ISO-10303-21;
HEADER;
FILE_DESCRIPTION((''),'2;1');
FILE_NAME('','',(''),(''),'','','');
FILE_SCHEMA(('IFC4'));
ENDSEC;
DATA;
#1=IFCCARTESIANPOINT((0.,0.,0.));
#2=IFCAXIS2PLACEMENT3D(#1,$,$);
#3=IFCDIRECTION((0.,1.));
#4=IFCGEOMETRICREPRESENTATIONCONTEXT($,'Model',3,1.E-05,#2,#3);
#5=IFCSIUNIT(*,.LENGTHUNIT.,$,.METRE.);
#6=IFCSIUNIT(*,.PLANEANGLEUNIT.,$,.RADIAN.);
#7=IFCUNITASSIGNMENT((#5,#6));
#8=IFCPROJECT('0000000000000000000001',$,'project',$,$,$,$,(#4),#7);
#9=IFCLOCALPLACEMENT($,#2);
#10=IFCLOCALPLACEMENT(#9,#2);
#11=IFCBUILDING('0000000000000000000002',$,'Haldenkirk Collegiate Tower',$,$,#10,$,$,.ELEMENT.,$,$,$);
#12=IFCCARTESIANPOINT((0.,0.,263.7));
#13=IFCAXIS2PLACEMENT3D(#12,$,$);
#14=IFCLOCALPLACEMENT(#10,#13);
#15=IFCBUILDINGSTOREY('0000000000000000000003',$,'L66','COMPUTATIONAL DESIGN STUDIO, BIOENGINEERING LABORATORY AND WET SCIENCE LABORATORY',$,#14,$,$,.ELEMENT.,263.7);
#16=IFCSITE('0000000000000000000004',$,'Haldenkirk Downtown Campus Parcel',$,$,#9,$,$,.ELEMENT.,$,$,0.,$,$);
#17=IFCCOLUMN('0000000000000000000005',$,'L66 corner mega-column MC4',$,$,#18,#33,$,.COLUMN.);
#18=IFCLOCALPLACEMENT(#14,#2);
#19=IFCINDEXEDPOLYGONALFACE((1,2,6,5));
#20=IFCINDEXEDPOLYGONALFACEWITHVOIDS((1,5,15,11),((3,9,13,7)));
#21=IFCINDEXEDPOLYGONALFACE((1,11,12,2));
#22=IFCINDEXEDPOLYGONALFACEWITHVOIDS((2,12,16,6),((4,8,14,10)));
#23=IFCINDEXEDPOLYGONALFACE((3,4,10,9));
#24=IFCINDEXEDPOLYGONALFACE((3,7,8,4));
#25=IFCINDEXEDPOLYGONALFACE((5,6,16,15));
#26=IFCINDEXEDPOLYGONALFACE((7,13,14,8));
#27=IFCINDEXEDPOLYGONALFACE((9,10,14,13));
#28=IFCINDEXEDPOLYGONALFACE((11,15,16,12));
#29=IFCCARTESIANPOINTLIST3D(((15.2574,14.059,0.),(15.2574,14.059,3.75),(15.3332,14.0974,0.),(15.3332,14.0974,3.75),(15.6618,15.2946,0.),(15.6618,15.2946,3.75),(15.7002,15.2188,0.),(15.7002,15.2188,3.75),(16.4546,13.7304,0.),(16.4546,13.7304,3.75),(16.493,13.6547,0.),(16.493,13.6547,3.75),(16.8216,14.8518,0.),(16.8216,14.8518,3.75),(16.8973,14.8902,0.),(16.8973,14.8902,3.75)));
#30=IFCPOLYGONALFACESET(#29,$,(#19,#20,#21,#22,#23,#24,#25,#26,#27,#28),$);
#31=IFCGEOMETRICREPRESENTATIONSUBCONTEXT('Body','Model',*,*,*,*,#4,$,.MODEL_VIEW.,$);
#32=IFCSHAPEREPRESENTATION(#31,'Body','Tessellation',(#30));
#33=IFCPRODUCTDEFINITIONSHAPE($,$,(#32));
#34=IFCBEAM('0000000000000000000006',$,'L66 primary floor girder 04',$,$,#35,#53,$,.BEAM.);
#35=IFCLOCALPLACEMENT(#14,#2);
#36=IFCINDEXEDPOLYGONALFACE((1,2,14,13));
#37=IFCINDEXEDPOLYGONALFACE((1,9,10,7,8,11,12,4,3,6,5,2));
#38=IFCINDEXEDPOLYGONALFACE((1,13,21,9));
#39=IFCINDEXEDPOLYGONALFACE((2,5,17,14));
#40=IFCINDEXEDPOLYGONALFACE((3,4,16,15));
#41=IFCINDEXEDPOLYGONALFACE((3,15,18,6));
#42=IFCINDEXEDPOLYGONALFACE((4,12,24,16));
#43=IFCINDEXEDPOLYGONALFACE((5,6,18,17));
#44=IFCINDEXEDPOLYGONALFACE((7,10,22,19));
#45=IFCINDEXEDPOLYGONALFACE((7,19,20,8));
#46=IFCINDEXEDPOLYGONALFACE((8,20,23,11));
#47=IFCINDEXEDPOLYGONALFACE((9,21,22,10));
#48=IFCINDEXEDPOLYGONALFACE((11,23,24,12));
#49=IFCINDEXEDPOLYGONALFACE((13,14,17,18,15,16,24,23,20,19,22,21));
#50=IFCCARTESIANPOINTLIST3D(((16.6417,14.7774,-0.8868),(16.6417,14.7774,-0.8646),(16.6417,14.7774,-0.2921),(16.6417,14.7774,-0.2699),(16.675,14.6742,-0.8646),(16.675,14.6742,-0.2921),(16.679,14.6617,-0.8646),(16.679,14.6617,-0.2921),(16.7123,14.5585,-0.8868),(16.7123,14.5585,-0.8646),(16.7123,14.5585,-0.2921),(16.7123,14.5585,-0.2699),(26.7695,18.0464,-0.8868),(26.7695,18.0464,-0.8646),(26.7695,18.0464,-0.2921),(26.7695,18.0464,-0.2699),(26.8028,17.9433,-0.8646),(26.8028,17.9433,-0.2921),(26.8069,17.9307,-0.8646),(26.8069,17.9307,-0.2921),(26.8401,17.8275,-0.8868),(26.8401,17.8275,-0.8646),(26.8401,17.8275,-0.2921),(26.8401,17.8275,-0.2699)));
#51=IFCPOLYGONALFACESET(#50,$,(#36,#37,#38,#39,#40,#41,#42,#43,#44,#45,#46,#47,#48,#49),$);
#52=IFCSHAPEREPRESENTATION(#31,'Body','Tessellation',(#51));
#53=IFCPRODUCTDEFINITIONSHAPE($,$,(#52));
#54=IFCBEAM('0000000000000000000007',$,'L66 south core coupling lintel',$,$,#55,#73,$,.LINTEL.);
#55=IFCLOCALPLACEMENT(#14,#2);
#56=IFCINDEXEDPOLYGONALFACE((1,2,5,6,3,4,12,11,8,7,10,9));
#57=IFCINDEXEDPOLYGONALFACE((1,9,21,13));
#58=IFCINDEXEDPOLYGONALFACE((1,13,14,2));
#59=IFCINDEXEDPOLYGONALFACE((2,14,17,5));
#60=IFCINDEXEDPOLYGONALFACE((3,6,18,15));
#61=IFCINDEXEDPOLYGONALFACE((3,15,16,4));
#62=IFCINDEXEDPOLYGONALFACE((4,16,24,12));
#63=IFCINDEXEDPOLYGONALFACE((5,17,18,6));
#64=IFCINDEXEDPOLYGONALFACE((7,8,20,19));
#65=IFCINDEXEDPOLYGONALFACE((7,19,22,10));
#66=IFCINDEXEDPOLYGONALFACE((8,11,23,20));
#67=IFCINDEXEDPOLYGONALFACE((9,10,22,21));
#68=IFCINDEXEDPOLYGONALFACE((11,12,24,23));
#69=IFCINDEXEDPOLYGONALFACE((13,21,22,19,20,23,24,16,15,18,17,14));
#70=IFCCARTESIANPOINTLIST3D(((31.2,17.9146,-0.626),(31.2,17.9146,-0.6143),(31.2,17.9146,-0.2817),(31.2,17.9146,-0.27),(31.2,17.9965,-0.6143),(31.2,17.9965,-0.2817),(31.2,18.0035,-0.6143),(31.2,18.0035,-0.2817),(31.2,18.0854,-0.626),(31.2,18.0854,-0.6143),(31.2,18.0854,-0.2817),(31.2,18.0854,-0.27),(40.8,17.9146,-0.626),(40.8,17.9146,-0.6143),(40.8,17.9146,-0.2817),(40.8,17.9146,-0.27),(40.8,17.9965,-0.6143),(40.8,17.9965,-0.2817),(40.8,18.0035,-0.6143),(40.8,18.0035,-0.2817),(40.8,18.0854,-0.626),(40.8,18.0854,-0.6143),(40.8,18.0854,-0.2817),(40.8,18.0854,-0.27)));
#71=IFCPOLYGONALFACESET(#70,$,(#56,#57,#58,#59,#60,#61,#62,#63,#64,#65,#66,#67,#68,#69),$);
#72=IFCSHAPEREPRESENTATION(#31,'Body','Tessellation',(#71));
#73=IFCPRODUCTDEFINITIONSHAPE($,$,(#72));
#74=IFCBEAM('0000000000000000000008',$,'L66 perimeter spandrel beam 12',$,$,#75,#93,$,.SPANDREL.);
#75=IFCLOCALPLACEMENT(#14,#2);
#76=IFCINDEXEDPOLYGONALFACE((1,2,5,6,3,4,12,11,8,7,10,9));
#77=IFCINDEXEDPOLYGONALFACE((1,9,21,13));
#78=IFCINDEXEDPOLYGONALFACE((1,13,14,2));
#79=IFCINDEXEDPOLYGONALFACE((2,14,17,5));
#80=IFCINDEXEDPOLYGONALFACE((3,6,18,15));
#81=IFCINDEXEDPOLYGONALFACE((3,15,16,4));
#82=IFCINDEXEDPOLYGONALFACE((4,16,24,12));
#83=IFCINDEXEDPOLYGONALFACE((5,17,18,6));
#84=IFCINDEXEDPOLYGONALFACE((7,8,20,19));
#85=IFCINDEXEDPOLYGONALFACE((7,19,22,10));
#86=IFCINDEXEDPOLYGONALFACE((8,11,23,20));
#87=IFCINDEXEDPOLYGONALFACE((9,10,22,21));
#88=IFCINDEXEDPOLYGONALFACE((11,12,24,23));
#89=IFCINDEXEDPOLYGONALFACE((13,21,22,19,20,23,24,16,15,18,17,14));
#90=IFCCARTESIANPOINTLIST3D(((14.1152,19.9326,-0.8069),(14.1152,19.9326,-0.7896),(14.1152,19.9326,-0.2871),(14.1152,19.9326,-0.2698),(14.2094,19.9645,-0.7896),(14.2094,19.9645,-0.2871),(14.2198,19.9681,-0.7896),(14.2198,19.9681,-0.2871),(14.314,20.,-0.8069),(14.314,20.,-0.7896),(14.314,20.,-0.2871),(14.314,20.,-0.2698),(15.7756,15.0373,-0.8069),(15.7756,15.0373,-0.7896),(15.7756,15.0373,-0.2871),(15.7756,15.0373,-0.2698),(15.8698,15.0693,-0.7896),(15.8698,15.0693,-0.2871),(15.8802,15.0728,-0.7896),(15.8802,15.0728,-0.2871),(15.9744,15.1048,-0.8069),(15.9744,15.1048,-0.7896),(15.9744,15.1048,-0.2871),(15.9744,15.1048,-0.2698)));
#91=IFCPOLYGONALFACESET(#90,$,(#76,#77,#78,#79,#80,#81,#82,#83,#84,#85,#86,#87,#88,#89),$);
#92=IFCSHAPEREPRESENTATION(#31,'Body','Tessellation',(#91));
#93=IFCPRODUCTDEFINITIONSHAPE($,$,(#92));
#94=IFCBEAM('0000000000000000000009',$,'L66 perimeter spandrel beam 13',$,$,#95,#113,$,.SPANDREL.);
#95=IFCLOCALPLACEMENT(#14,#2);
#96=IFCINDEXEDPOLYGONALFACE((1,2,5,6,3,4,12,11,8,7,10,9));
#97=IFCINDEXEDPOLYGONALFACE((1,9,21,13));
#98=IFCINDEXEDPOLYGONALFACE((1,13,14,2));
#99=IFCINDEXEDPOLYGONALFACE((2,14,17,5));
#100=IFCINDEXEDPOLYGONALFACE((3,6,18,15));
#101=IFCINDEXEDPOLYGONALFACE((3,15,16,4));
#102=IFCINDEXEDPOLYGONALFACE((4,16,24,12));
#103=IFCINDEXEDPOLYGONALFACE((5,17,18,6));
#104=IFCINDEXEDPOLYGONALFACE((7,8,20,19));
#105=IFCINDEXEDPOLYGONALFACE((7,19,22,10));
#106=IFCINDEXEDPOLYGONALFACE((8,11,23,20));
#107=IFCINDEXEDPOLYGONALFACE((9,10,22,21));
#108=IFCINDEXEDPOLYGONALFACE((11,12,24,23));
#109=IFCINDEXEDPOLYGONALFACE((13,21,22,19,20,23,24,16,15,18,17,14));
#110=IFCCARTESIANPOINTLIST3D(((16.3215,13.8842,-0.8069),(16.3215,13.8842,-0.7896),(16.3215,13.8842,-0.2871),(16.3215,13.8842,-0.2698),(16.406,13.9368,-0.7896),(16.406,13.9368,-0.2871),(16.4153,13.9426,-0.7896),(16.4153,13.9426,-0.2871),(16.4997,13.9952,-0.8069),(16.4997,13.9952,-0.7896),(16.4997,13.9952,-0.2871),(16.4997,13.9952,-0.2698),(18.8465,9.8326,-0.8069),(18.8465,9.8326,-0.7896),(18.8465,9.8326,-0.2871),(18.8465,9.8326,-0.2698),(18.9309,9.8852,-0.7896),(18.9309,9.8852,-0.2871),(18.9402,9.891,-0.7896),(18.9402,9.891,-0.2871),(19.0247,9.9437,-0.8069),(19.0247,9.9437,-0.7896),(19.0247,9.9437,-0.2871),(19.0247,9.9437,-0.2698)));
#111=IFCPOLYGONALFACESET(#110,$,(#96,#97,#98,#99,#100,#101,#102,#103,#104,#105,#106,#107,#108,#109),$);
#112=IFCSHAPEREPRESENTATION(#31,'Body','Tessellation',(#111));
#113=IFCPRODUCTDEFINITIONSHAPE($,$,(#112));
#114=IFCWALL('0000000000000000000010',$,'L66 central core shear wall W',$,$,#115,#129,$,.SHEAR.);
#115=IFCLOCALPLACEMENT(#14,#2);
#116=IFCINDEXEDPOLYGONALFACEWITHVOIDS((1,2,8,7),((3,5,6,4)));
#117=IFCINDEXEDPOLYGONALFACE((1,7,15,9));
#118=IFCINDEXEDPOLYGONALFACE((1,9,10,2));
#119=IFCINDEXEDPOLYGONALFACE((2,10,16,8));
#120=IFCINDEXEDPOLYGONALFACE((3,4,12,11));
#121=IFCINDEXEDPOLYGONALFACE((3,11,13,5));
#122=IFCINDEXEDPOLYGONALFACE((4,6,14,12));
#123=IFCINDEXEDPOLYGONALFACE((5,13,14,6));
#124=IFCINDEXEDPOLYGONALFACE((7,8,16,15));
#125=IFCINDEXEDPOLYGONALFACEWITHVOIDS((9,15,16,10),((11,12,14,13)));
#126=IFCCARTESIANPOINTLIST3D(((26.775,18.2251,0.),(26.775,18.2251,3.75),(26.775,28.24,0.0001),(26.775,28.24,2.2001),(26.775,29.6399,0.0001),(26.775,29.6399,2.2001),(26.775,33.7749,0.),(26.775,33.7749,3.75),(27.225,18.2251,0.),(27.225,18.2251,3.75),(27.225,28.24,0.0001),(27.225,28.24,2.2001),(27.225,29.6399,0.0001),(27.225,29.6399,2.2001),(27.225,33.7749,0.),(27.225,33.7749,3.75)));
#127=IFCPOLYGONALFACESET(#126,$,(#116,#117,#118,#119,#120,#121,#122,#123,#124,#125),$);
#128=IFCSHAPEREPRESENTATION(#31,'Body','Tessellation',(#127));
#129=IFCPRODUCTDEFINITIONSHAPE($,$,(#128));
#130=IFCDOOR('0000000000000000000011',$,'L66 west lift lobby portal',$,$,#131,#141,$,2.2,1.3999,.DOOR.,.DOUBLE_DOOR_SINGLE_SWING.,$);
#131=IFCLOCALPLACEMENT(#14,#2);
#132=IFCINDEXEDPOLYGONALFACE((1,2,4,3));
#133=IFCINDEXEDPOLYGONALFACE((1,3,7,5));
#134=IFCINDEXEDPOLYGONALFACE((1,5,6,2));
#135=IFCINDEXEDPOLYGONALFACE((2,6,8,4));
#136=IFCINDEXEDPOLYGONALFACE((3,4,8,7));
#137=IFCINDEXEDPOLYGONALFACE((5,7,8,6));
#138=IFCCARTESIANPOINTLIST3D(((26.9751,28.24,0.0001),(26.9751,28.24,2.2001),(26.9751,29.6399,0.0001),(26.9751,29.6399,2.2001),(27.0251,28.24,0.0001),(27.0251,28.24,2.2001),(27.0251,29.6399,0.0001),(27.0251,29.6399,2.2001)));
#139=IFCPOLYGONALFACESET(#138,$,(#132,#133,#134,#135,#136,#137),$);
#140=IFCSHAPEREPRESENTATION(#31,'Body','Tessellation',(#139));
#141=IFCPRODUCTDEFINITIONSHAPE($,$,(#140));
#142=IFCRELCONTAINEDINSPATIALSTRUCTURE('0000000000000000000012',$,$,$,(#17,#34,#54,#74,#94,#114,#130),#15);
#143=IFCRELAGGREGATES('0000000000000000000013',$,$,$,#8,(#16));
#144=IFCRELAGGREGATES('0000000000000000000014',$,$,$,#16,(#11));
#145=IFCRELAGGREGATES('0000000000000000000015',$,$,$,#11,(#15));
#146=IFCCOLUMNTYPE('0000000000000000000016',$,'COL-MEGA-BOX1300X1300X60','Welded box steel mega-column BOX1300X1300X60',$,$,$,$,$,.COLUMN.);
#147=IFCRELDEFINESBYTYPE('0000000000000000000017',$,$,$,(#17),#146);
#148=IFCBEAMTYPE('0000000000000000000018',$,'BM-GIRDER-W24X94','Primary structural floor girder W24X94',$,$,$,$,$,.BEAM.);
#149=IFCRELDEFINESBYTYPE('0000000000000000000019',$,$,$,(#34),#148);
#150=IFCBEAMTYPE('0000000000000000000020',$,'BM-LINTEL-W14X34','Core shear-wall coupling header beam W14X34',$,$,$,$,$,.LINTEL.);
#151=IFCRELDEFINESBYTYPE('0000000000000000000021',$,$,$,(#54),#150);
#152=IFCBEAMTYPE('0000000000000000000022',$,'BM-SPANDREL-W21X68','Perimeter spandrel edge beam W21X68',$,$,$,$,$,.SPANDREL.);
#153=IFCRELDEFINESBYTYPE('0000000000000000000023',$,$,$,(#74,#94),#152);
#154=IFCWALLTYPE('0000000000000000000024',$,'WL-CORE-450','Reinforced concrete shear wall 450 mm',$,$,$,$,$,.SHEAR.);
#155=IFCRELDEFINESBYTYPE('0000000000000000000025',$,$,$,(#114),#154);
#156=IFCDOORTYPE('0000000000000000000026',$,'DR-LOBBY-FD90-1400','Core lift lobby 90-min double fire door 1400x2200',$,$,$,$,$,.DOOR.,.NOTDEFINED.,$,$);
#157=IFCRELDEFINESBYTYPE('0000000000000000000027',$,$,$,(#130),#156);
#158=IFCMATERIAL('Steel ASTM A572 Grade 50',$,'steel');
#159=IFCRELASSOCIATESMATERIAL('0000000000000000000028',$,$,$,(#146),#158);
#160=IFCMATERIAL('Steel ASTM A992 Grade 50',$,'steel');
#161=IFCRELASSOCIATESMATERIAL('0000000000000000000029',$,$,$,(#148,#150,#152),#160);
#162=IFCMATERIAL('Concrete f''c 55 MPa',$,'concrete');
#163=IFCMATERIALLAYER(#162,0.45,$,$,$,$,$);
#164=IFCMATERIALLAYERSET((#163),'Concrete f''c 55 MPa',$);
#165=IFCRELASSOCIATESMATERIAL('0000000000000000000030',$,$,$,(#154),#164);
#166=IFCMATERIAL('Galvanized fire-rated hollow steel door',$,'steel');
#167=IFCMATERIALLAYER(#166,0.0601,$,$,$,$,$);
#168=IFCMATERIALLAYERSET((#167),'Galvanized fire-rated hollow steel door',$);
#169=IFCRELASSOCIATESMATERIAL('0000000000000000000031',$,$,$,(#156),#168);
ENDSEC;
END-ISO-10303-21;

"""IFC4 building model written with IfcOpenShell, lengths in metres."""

from ifc_helpers import new_model, si_unit, direction, frame, frame_2d, origin, origin_2d, place, context, subcontext, project, spatial, rectangle, hollow_rectangle, i_section, extrude, material, layer, layer_set, material_profile, profile_set, type_object, element, fill, save


model = new_model("IFC4")

# Units and contexts
model_context = context("Model", 3, precision=1e-05, world=origin(), true_north=direction((0.0, 1.0)))
body_context = subcontext(model_context, "Body", "Model", "MODEL_VIEW")
ifc_project = project(units=[si_unit("LENGTHUNIT", "METRE"), si_unit("PLANEANGLEUNIT", "RADIAN")], contexts=[model_context])

# Site, building, storey
site_placement = place(None, origin())
site = spatial("IfcSite", under=ifc_project, at=site_placement, Name="Haldenkirk Downtown Campus Parcel", CompositionType="ELEMENT", RefElevation=0.0)
building_placement = place(site_placement, origin())
building = spatial("IfcBuilding", under=site, at=building_placement, Name="Haldenkirk Collegiate Tower", CompositionType="ELEMENT")
storey_placement = place(building_placement, frame((0.0, 0.0, 263.7)))
storey = spatial("IfcBuildingStorey", under=building, at=storey_placement, Name="L66", Description="COMPUTATIONAL DESIGN STUDIO, BIOENGINEERING LABORATORY AND WET SCIENCE LABORATORY", CompositionType="ELEMENT", Elevation=263.7)

# Column
ifc_material_1 = material(Name="Steel ASTM A572 Grade 50", Category="steel")
ifc_material_profile_1 = material_profile(ifc_material_1, hollow_rectangle(XDim=1.3, YDim=1.3, WallThickness=0.0601, at=origin_2d()), Name="BOX1300X1300X60")
ifc_profile_set_1 = profile_set([ifc_material_profile_1], Name="Steel ASTM A572 Grade 50")
column_type = type_object("IfcColumnType", Name="COL-MEGA-BOX1300X1300X60", Description="Welded box steel mega-column BOX1300X1300X60", PredefinedType="COLUMN", material=ifc_profile_set_1)
column_placement = place(storey_placement, frame((16.0774, 14.4746, 0.0), z_axis=(0.0, 0.0, 1.0), x_axis=(0.311008, 0.950407, 0.0)))
element("IfcColumn", 1, at=column_placement, inside=storey, type_object=column_type, Name="L66 corner mega-column MC4", PredefinedType="COLUMN", context=body_context, shape_type="SweptSolid", body=[
    extrude(hollow_rectangle(XDim=1.3, YDim=1.3, WallThickness=0.0601, at=origin_2d()), origin(), (0.0, 0.0, 1.0), 3.75),
])

# Beams
ifc_material_2 = material(Name="Steel ASTM A992 Grade 50", Category="steel")
ifc_material_profile_2 = material_profile(ifc_material_2, i_section(OverallWidth=0.23, OverallDepth=0.6169, WebThickness=0.0132, FlangeThickness=0.0222, at=origin_2d()), Name="W24X94")
ifc_profile_set_2 = profile_set([ifc_material_profile_2], Name="Steel ASTM A992 Grade 50")
beam_type_1 = type_object("IfcBeamType", Name="BM-GIRDER-W24X94", Description="Primary structural floor girder W24X94", PredefinedType="BEAM", material=ifc_profile_set_2)
beam_1_placement = place(storey_placement, frame((16.677, 14.668, -0.5784), z_axis=(0.951655, 0.30717, 0.0), x_axis=(-0.30717, 0.951655, 0.0)))
element("IfcBeam", 2, at=beam_1_placement, inside=storey, type_object=beam_type_1, Name="L66 primary floor girder 04", PredefinedType="BEAM", context=body_context, shape_type="SweptSolid", body=[
    extrude(i_section(OverallWidth=0.23, OverallDepth=0.6169, WebThickness=0.0132, FlangeThickness=0.0222, at=origin_2d()), origin(), (0.0, 0.0, 1.0), 10.6423),
])
ifc_material_profile_3 = material_profile(ifc_material_2, i_section(OverallWidth=0.1709, OverallDepth=0.356, WebThickness=0.0071, FlangeThickness=0.0117, at=origin_2d()), Name="W14X34")
ifc_profile_set_3 = profile_set([ifc_material_profile_3], Name="Steel ASTM A992 Grade 50")
beam_type_2 = type_object("IfcBeamType", Name="BM-LINTEL-W14X34", Description="Core shear-wall coupling header beam W14X34", PredefinedType="LINTEL", material=ifc_profile_set_3)
beam_2_placement = place(storey_placement, frame((31.2, 18.0, -0.448), z_axis=(1.0, 0.0, 0.0), x_axis=(0.0, 1.0, 0.0)))
element("IfcBeam", 3, at=beam_2_placement, inside=storey, type_object=beam_type_2, Name="L66 south core coupling lintel", PredefinedType="LINTEL", context=body_context, shape_type="SweptSolid", body=[
    extrude(i_section(OverallWidth=0.1709, OverallDepth=0.356, WebThickness=0.0071, FlangeThickness=0.0117, at=origin_2d()), origin(), (0.0, 0.0, 1.0), 9.6001),
])
ifc_material_profile_4 = material_profile(ifc_material_2, i_section(OverallWidth=0.21, OverallDepth=0.5371, WebThickness=0.011, FlangeThickness=0.0173, at=origin_2d()), Name="W21X68")
ifc_profile_set_4 = profile_set([ifc_material_profile_4], Name="Steel ASTM A992 Grade 50")
beam_type_3 = type_object("IfcBeamType", Name="BM-SPANDREL-W21X68", Description="Perimeter spandrel edge beam W21X68", PredefinedType="SPANDREL", material=ifc_profile_set_4)
beam_3_placement = place(storey_placement, frame((14.2146, 19.9663, -0.5383), z_axis=(0.321211, -0.947008, 0.0), x_axis=(0.947008, 0.321211, 0.0)))
element("IfcBeam", 4, at=beam_3_placement, inside=storey, type_object=beam_type_3, Name="L66 perimeter spandrel beam 12", PredefinedType="SPANDREL", context=body_context, shape_type="SweptSolid", body=[
    extrude(i_section(OverallWidth=0.21, OverallDepth=0.5371, WebThickness=0.011, FlangeThickness=0.0173, at=origin_2d()), origin(), (0.0, 0.0, 1.0), 5.1692),
])
beam_4_placement = place(storey_placement, frame((16.4106, 13.9397, -0.5383), z_axis=(0.5289, -0.848684, 0.0), x_axis=(0.848684, 0.5289, 0.0)))
element("IfcBeam", 5, at=beam_4_placement, inside=storey, type_object=beam_type_3, Name="L66 perimeter spandrel beam 13", PredefinedType="SPANDREL", context=body_context, shape_type="SweptSolid", body=[
    extrude(i_section(OverallWidth=0.21, OverallDepth=0.5371, WebThickness=0.011, FlangeThickness=0.0173, at=origin_2d()), origin(), (0.0, 0.0, 1.0), 4.7739),
])

# Shared definitions
ifc_material_3 = material(Name="Concrete f'c 55 MPa", Category="concrete")
ifc_layer_1 = layer(ifc_material_3, 0.45)
ifc_layer_set_1 = layer_set([ifc_layer_1], Name="Concrete f'c 55 MPa")
wall_type_1 = type_object("IfcWallType", Name="WL-CORE-450", Description="Reinforced concrete shear wall 450 mm", PredefinedType="SHEAR", material=ifc_layer_set_1)
ifc_material_4 = material(Name="Galvanized fire-rated hollow steel door", Category="steel")

# Wall, opening, door
wall_1_placement = place(storey_placement, frame((27.0, 18.2251, 0.0), z_axis=(0.0, 0.0, 1.0), x_axis=(0.0, 1.0, 0.0)))
wall_1 = element("IfcWall", 6, at=wall_1_placement, inside=storey, type_object=wall_type_1, Name="L66 central core shear wall W", PredefinedType="SHEAR", context=body_context, shape_type="SweptSolid", body=[
    extrude(rectangle(XDim=15.5498, YDim=0.45, at=frame_2d((7.7749, 0.0))), origin(), (0.0, 0.0, 1.0), 3.75),
])
opening_1_placement = place(wall_1_placement, frame((10.0149, 0.0, 0.0)))
opening_1 = element("IfcOpeningElement", 7, at=opening_1_placement, cuts=wall_1, PredefinedType="OPENING", context=body_context, shape_type="SweptSolid", body=[
    extrude(rectangle(XDim=1.3999, YDim=2.2, at=frame_2d((0.7, 1.1001))), frame((0.0, 0.2349, 0.0), z_axis=(0.0, -1.0, 0.0), x_axis=(1.0, 0.0, 0.0)), (0.0, 0.0, 1.0), 0.47),
])
ifc_layer_2 = layer(ifc_material_4, 0.0601)
ifc_layer_set_2 = layer_set([ifc_layer_2], Name="Galvanized fire-rated hollow steel door")
door_type_1 = type_object("IfcDoorType", Name="DR-LOBBY-FD90-1400", Description="Core lift lobby 90-min double fire door 1400x2200", OperationType="NOTDEFINED", PredefinedType="DOOR", material=ifc_layer_set_2)
door_1_placement = place(opening_1_placement, origin())
door_1 = element("IfcDoor", 8, at=door_1_placement, inside=storey, type_object=door_type_1, Name="L66 west lift lobby portal", OperationType="DOUBLE_DOOR_SINGLE_SWING", OverallHeight=2.2, OverallWidth=1.3999, PredefinedType="DOOR", context=body_context, shape_type="SweptSolid", body=[
    extrude(rectangle(XDim=1.3999, YDim=2.2, at=frame_2d((0.7, 1.1001))), frame((0.0, 0.0249, 0.0), z_axis=(0.0, -1.0, 0.0), x_axis=(1.0, 0.0, 0.0)), (0.0, 0.0, 1.0), 0.05),
])
fill(opening_1, door_1)

save(model, "model.ifc")
